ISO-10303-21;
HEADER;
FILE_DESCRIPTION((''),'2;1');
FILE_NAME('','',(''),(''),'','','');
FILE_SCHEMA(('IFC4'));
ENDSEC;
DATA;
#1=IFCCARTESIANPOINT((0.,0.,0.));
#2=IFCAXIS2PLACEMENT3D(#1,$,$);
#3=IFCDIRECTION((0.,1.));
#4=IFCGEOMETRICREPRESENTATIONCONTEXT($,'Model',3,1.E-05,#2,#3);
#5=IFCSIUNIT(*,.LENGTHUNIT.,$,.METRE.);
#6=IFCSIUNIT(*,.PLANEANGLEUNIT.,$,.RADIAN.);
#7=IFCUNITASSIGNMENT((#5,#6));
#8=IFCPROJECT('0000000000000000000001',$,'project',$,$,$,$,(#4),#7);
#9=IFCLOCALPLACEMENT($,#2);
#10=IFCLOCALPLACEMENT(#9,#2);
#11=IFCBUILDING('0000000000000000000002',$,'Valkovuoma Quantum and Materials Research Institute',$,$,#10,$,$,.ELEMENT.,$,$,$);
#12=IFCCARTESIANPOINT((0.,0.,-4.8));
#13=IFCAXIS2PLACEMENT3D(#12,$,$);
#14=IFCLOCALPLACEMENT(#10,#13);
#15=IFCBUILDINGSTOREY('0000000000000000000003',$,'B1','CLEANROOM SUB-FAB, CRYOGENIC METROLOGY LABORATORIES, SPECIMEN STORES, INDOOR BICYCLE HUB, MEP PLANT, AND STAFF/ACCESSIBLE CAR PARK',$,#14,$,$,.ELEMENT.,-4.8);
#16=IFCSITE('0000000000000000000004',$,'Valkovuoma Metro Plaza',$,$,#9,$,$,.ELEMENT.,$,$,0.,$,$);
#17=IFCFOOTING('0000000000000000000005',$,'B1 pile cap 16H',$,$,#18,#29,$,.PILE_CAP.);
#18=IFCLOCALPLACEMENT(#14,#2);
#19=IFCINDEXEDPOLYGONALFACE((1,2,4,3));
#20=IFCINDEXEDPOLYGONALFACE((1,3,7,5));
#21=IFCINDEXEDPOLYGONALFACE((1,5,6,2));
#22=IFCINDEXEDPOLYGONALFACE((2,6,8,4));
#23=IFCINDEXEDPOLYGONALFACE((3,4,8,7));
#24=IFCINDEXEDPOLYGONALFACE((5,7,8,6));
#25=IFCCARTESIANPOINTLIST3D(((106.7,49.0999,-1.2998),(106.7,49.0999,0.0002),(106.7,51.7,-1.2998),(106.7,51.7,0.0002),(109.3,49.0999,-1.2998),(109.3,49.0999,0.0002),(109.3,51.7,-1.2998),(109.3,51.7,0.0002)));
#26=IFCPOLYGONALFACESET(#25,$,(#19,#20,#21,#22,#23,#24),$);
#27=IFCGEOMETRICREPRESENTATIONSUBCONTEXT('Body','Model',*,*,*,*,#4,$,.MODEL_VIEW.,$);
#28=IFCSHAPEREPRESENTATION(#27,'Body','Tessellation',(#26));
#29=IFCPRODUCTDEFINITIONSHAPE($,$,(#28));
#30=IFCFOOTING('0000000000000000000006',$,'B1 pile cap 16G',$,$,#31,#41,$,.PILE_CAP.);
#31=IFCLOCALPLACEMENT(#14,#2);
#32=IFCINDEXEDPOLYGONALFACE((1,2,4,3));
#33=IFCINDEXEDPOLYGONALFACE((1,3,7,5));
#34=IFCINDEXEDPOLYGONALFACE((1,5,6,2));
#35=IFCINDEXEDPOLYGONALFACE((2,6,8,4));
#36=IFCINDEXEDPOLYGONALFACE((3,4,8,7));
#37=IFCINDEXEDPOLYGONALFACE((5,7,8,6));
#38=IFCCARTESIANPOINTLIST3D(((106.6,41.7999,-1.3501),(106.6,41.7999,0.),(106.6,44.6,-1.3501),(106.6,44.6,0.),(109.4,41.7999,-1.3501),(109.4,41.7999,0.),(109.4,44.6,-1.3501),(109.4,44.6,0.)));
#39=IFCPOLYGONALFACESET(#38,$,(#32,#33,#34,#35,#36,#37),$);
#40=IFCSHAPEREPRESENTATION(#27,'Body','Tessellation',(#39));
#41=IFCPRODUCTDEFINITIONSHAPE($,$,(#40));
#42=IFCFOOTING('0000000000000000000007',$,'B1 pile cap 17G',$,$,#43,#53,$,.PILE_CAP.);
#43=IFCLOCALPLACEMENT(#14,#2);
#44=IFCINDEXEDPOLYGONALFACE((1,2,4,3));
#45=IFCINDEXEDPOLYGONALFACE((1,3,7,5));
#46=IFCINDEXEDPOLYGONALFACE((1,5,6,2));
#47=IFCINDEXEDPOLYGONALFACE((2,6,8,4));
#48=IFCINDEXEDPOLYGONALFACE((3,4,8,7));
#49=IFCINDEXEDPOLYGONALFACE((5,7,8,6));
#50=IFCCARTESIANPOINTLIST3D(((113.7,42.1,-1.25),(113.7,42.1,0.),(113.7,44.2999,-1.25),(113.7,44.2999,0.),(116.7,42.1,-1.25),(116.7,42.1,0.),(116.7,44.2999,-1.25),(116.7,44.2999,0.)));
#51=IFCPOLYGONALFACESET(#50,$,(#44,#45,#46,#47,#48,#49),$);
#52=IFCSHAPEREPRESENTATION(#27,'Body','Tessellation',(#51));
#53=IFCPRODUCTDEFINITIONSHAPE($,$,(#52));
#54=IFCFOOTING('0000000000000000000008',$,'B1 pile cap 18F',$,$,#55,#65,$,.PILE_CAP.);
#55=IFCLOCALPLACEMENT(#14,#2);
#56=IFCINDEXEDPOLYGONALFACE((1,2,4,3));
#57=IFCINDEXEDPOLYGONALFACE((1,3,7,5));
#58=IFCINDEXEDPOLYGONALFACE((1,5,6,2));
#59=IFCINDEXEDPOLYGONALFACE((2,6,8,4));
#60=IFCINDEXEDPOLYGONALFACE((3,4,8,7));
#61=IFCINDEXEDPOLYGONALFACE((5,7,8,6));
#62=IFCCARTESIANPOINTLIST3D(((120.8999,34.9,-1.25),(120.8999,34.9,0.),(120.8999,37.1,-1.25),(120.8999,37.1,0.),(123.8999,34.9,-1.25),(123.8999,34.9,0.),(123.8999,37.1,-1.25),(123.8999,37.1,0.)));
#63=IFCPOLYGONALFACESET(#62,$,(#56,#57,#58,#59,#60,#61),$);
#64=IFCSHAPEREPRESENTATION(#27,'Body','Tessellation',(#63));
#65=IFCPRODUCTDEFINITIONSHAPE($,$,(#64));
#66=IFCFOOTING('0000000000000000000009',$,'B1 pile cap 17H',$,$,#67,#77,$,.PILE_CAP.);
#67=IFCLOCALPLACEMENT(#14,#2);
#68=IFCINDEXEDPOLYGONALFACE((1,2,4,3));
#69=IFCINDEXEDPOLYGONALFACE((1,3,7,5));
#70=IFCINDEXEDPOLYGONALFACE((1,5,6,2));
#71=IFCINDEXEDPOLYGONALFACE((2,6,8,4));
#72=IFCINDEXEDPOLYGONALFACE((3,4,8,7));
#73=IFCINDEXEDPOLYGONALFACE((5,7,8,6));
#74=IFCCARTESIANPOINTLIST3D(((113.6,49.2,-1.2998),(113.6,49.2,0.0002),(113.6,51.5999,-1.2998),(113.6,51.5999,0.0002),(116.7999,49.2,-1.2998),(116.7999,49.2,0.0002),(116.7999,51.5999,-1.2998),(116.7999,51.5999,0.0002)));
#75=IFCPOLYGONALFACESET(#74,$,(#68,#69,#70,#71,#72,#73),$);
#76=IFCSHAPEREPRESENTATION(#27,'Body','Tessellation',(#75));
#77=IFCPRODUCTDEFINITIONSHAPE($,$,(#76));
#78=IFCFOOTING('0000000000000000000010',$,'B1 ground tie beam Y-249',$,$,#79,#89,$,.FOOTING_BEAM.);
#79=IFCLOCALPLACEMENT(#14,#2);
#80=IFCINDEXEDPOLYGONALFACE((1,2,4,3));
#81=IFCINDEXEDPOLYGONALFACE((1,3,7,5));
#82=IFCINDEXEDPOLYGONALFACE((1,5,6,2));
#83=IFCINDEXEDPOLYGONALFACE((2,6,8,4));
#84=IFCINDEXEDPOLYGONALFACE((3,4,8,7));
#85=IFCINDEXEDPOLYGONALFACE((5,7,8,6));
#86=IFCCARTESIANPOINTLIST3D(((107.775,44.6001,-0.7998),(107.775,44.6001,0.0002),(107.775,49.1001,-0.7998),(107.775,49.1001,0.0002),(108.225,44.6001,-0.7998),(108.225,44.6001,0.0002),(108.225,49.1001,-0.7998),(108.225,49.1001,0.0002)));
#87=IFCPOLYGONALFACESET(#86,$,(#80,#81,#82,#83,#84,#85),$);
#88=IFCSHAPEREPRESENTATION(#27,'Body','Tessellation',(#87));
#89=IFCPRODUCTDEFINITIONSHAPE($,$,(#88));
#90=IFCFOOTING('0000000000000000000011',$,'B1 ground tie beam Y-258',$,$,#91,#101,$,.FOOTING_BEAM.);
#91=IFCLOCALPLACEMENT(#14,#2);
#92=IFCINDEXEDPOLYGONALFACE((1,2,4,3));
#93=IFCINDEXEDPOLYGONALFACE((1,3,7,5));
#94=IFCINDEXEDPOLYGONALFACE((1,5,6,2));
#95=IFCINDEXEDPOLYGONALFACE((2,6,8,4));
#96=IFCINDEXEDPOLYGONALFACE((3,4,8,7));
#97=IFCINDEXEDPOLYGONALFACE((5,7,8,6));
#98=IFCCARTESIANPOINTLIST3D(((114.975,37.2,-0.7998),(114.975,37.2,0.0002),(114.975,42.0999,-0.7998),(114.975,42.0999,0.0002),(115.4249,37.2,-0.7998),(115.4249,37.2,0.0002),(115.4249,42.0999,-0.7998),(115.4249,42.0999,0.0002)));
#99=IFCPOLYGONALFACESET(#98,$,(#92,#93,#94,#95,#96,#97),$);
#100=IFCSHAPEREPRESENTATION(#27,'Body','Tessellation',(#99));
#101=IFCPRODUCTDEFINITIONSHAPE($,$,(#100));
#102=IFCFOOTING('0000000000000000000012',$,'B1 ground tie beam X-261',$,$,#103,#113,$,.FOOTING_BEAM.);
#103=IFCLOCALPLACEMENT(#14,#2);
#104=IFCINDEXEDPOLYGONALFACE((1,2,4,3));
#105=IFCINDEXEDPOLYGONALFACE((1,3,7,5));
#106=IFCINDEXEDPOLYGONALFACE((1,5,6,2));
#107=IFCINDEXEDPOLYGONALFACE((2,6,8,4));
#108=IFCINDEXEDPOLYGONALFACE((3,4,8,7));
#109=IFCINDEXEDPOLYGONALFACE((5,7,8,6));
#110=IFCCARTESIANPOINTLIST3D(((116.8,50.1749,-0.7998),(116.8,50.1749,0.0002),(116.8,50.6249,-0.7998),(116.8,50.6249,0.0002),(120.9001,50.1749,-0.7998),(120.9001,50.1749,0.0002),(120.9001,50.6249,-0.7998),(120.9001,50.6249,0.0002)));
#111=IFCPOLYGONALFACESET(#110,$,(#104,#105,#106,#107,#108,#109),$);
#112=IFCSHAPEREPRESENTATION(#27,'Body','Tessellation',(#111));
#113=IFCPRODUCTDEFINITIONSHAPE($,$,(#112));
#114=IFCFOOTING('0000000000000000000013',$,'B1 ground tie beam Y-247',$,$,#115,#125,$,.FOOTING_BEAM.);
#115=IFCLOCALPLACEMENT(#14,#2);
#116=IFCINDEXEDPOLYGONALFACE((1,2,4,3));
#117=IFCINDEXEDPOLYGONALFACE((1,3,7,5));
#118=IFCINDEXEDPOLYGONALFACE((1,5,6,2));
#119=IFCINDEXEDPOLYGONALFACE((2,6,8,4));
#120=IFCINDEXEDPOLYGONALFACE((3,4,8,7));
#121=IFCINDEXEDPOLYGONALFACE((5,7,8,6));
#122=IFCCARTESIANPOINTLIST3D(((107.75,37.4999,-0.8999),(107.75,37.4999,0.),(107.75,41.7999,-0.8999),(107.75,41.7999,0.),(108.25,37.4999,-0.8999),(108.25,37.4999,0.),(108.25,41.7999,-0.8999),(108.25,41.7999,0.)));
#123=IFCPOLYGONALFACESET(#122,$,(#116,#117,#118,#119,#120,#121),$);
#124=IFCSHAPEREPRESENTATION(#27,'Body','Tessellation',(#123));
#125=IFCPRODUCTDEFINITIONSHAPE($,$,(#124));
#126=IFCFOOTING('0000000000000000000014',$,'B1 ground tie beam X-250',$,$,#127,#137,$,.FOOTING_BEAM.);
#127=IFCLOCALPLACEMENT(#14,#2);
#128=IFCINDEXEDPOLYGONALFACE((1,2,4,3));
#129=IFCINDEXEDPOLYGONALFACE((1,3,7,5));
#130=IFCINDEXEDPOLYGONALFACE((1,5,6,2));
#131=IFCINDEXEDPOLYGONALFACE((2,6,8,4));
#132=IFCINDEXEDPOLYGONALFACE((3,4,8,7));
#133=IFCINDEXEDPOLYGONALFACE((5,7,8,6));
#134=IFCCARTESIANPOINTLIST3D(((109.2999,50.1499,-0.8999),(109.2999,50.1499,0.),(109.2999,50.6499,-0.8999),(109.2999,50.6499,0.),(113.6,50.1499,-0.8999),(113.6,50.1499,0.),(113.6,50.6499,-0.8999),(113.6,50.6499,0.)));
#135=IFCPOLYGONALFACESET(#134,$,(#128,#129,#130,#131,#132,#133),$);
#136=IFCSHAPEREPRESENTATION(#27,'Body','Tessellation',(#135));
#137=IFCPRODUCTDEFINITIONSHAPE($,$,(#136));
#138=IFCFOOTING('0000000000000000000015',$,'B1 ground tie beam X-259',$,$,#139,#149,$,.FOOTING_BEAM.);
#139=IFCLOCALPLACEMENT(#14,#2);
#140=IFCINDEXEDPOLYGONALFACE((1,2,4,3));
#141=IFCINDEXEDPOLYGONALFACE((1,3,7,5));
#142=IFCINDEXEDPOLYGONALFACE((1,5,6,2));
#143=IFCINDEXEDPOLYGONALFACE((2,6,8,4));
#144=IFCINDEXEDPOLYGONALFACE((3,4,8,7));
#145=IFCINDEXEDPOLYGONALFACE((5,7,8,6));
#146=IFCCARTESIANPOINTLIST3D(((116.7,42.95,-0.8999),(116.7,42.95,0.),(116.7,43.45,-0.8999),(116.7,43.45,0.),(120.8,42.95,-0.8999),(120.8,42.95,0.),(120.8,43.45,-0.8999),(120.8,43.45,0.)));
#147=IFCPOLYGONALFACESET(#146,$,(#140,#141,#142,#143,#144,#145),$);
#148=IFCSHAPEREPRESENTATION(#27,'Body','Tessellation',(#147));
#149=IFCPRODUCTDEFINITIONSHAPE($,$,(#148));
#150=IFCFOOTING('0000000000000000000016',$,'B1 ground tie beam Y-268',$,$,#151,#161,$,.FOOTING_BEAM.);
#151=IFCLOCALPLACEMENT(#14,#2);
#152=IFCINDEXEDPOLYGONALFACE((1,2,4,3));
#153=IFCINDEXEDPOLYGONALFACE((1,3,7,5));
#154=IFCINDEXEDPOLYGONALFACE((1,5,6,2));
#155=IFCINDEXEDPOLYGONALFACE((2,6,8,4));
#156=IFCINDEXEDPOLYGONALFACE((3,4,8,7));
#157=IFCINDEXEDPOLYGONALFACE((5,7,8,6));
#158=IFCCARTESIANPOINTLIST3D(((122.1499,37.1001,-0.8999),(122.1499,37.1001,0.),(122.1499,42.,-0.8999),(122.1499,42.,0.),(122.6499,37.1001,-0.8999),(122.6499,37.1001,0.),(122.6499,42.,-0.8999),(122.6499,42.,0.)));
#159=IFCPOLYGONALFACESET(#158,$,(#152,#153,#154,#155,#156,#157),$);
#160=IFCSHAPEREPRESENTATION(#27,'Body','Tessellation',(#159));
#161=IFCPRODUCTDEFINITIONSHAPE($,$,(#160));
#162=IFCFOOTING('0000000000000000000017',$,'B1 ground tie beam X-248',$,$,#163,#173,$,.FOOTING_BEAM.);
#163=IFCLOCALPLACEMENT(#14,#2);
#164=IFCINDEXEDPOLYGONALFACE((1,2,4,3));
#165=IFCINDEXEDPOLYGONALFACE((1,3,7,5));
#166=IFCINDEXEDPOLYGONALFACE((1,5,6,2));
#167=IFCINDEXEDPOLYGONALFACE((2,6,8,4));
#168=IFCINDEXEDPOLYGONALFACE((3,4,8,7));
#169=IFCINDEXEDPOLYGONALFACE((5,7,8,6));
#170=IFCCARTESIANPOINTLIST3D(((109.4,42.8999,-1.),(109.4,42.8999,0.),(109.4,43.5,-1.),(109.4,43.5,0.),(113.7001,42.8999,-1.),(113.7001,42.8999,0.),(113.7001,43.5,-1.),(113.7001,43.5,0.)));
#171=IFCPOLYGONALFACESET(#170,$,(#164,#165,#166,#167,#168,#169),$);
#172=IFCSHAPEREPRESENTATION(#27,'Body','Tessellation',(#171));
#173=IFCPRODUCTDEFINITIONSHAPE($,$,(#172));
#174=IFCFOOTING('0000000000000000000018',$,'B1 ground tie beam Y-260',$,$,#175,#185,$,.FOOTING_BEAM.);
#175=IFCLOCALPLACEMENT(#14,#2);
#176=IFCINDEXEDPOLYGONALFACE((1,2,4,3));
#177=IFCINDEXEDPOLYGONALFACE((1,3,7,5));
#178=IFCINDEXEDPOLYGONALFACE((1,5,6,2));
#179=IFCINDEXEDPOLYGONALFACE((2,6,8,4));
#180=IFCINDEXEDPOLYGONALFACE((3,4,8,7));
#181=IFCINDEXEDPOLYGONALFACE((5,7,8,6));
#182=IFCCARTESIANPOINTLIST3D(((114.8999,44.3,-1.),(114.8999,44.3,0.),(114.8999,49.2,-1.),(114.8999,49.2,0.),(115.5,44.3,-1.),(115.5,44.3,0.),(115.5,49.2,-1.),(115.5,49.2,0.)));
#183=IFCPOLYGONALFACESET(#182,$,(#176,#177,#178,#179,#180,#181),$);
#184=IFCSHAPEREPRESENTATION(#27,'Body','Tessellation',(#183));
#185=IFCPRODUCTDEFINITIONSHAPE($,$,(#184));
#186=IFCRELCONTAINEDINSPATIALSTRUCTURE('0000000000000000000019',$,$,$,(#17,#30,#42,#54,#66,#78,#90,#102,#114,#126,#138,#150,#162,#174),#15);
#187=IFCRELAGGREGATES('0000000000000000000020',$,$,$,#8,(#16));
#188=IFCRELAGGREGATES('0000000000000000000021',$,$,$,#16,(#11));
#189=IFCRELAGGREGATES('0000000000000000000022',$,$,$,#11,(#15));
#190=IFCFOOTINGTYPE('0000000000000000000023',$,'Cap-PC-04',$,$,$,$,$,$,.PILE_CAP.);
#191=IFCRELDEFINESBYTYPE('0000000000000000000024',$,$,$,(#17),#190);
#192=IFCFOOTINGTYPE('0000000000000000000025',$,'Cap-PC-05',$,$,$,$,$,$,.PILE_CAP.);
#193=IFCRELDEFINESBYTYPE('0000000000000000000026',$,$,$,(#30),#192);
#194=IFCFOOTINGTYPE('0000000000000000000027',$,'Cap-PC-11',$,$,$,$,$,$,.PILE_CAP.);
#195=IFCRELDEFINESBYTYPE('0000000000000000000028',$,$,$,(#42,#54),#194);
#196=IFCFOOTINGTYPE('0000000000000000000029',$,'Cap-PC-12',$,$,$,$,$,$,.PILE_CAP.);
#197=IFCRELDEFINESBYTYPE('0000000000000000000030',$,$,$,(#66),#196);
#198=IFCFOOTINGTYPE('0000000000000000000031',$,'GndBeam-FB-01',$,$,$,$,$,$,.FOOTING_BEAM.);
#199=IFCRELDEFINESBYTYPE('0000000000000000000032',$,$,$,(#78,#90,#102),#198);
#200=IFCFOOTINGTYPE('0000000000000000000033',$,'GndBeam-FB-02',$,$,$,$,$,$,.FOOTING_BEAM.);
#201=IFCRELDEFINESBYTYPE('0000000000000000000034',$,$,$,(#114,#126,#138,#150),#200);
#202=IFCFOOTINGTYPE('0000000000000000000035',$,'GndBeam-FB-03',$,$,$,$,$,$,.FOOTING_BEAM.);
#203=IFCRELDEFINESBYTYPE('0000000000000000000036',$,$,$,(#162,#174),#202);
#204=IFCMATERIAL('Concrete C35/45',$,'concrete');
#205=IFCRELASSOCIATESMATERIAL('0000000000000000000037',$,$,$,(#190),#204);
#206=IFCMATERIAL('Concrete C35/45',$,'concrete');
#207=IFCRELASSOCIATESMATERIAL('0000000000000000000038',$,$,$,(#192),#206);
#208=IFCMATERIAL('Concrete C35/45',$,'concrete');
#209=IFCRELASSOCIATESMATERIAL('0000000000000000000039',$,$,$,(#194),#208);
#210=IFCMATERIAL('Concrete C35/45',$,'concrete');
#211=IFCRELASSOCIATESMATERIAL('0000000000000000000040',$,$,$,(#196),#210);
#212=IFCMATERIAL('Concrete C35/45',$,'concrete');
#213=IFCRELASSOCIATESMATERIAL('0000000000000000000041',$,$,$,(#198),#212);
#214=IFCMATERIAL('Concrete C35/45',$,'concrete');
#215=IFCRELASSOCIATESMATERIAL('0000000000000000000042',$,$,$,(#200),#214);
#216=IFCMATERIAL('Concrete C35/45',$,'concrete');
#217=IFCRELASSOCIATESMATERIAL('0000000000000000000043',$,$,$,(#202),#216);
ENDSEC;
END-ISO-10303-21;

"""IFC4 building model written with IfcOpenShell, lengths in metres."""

from ifc_helpers import new_model, si_unit, direction, frame, origin, origin_2d, place, context, subcontext, project, spatial, rectangle, extrude, material, type_object, element, save


model = new_model("IFC4")

# Units and contexts
model_context = context("Model", 3, precision=1e-05, world=origin(), true_north=direction((0.0, 1.0)))
body_context = subcontext(model_context, "Body", "Model", "MODEL_VIEW")
ifc_project = project(units=[si_unit("LENGTHUNIT", "METRE"), si_unit("PLANEANGLEUNIT", "RADIAN")], contexts=[model_context])

# Site, building, storey
site_placement = place(None, origin())
site = spatial("IfcSite", under=ifc_project, at=site_placement, Name="Valkovuoma Metro Plaza", CompositionType="ELEMENT", RefElevation=0.0)
building_placement = place(site_placement, origin())
building = spatial("IfcBuilding", under=site, at=building_placement, Name="Valkovuoma Quantum and Materials Research Institute", CompositionType="ELEMENT")
storey_placement = place(building_placement, frame((0.0, 0.0, -4.8)))
storey = spatial("IfcBuildingStorey", under=building, at=storey_placement, Name="B1", Description="CLEANROOM SUB-FAB, CRYOGENIC METROLOGY LABORATORIES, SPECIMEN STORES, INDOOR BICYCLE HUB, MEP PLANT, AND STAFF/ACCESSIBLE CAR PARK", CompositionType="ELEMENT", Elevation=-4.8)

# Footings
ifc_material_1 = material(Name="Concrete C35/45", Category="concrete")
footing_type_1 = type_object("IfcFootingType", Name="Cap-PC-04", PredefinedType="PILE_CAP", material=ifc_material_1)
footing_1_placement = place(storey_placement, frame((108.0, 50.3999, -1.2998), z_axis=(0.0, 0.0, 1.0), x_axis=(1.0, 0.0, 0.0)))
element("IfcFooting", 1, at=footing_1_placement, inside=storey, type_object=footing_type_1, Name="B1 pile cap 16H", PredefinedType="PILE_CAP", context=body_context, shape_type="SweptSolid", body=[
    extrude(rectangle(XDim=2.6001, YDim=2.6001, at=origin_2d()), origin(), (0.0, 0.0, 1.0), 1.3),
])
ifc_material_2 = material(Name="Concrete C35/45", Category="concrete")
footing_type_2 = type_object("IfcFootingType", Name="Cap-PC-05", PredefinedType="PILE_CAP", material=ifc_material_2)
footing_2_placement = place(storey_placement, frame((108.0, 43.2, -1.3501), z_axis=(0.0, 0.0, 1.0), x_axis=(1.0, 0.0, 0.0)))
element("IfcFooting", 2, at=footing_2_placement, inside=storey, type_object=footing_type_2, Name="B1 pile cap 16G", PredefinedType="PILE_CAP", context=body_context, shape_type="SweptSolid", body=[
    extrude(rectangle(XDim=2.8, YDim=2.8, at=origin_2d()), origin(), (0.0, 0.0, 1.0), 1.3501),
])
ifc_material_3 = material(Name="Concrete C35/45", Category="concrete")
footing_type_3 = type_object("IfcFootingType", Name="Cap-PC-11", PredefinedType="PILE_CAP", material=ifc_material_3)
for number, where, z_axis, x_axis, name in (
    (3, (115.2, 43.2, -1.25), (0.0, 0.0, 1.0), (1.0, 0.0, 0.0), "B1 pile cap 17G"),
    (4, (122.3999, 36.0, -1.25), (0.0, 0.0, 1.0), (1.0, 0.0, 0.0), "B1 pile cap 18F"),
):
    element("IfcFooting", number, at=place(storey_placement, frame(where, z_axis=z_axis, x_axis=x_axis)), inside=storey, type_object=footing_type_3, Name=name, PredefinedType="PILE_CAP", context=body_context, shape_type="SweptSolid", body=[
        extrude(rectangle(XDim=3.0, YDim=2.2, at=origin_2d()), origin(), (0.0, 0.0, 1.0), 1.25),
    ])
ifc_material_4 = material(Name="Concrete C35/45", Category="concrete")
footing_type_4 = type_object("IfcFootingType", Name="Cap-PC-12", PredefinedType="PILE_CAP", material=ifc_material_4)
footing_3_placement = place(storey_placement, frame((115.2, 50.3999, -1.2998), z_axis=(0.0, 0.0, 1.0), x_axis=(1.0, 0.0, 0.0)))
element("IfcFooting", 5, at=footing_3_placement, inside=storey, type_object=footing_type_4, Name="B1 pile cap 17H", PredefinedType="PILE_CAP", context=body_context, shape_type="SweptSolid", body=[
    extrude(rectangle(XDim=3.2, YDim=2.3999, at=origin_2d()), origin(), (0.0, 0.0, 1.0), 1.3),
])
ifc_material_5 = material(Name="Concrete C35/45", Category="concrete")
footing_type_5 = type_object("IfcFootingType", Name="GndBeam-FB-01", PredefinedType="FOOTING_BEAM", material=ifc_material_5)
footing_4_placement = place(storey_placement, frame((108.0, 46.8501, -0.7998), z_axis=(0.0, 0.0, 1.0), x_axis=(0.0, 1.0, 0.0)))
element("IfcFooting", 6, at=footing_4_placement, inside=storey, type_object=footing_type_5, Name="B1 ground tie beam Y-249", PredefinedType="FOOTING_BEAM", context=body_context, shape_type="SweptSolid", body=[
    extrude(rectangle(XDim=4.5, YDim=0.45, at=origin_2d()), origin(), (0.0, 0.0, 1.0), 0.8),
])
footing_5_placement = place(storey_placement, frame((115.2, 39.6499, -0.7998), z_axis=(0.0, 0.0, 1.0), x_axis=(0.0, 1.0, 0.0)))
element("IfcFooting", 7, at=footing_5_placement, inside=storey, type_object=footing_type_5, Name="B1 ground tie beam Y-258", PredefinedType="FOOTING_BEAM", context=body_context, shape_type="SweptSolid", body=[
    extrude(rectangle(XDim=4.8999, YDim=0.45, at=origin_2d()), origin(), (0.0, 0.0, 1.0), 0.8),
])
footing_6_placement = place(storey_placement, frame((118.8501, 50.3999, -0.7998), z_axis=(0.0, 0.0, 1.0), x_axis=(1.0, 0.0, 0.0)))
element("IfcFooting", 8, at=footing_6_placement, inside=storey, type_object=footing_type_5, Name="B1 ground tie beam X-261", PredefinedType="FOOTING_BEAM", context=body_context, shape_type="SweptSolid", body=[
    extrude(rectangle(XDim=4.1001, YDim=0.45, at=origin_2d()), origin(), (0.0, 0.0, 1.0), 0.8),
])
ifc_material_6 = material(Name="Concrete C35/45", Category="concrete")
footing_type_6 = type_object("IfcFootingType", Name="GndBeam-FB-02", PredefinedType="FOOTING_BEAM", material=ifc_material_6)
for number, where, z_axis, x_axis, name in (
    (9, (108.0, 39.6499, -0.8999), (0.0, 0.0, 1.0), (0.0, 1.0, 0.0), "B1 ground tie beam Y-247"),
    (10, (111.45, 50.3999, -0.8999), (0.0, 0.0, 1.0), (1.0, 0.0, 0.0), "B1 ground tie beam X-250"),
):
    element("IfcFooting", number, at=place(storey_placement, frame(where, z_axis=z_axis, x_axis=x_axis)), inside=storey, type_object=footing_type_6, Name=name, PredefinedType="FOOTING_BEAM", context=body_context, shape_type="SweptSolid", body=[
        extrude(rectangle(XDim=4.3, YDim=0.5, at=origin_2d()), origin(), (0.0, 0.0, 1.0), 0.8999),
    ])
footing_7_placement = place(storey_placement, frame((118.75, 43.2, -0.8999), z_axis=(0.0, 0.0, 1.0), x_axis=(1.0, 0.0, 0.0)))
element("IfcFooting", 11, at=footing_7_placement, inside=storey, type_object=footing_type_6, Name="B1 ground tie beam X-259", PredefinedType="FOOTING_BEAM", context=body_context, shape_type="SweptSolid", body=[
    extrude(rectangle(XDim=4.1001, YDim=0.5, at=origin_2d()), origin(), (0.0, 0.0, 1.0), 0.8999),
])
footing_8_placement = place(storey_placement, frame((122.3999, 39.55, -0.8999), z_axis=(0.0, 0.0, 1.0), x_axis=(0.0, 1.0, 0.0)))
element("IfcFooting", 12, at=footing_8_placement, inside=storey, type_object=footing_type_6, Name="B1 ground tie beam Y-268", PredefinedType="FOOTING_BEAM", context=body_context, shape_type="SweptSolid", body=[
    extrude(rectangle(XDim=4.8999, YDim=0.5, at=origin_2d()), origin(), (0.0, 0.0, 1.0), 0.8999),
])
ifc_material_7 = material(Name="Concrete C35/45", Category="concrete")
footing_type_7 = type_object("IfcFootingType", Name="GndBeam-FB-03", PredefinedType="FOOTING_BEAM", material=ifc_material_7)
footing_9_placement = place(storey_placement, frame((111.55, 43.2, -1.0), z_axis=(0.0, 0.0, 1.0), x_axis=(1.0, 0.0, 0.0)))
element("IfcFooting", 13, at=footing_9_placement, inside=storey, type_object=footing_type_7, Name="B1 ground tie beam X-248", PredefinedType="FOOTING_BEAM", context=body_context, shape_type="SweptSolid", body=[
    extrude(rectangle(XDim=4.3, YDim=0.6001, at=origin_2d()), origin(), (0.0, 0.0, 1.0), 1.0),
])
footing_10_placement = place(storey_placement, frame((115.2, 46.75, -1.0), z_axis=(0.0, 0.0, 1.0), x_axis=(0.0, 1.0, 0.0)))
element("IfcFooting", 14, at=footing_10_placement, inside=storey, type_object=footing_type_7, Name="B1 ground tie beam Y-260", PredefinedType="FOOTING_BEAM", context=body_context, shape_type="SweptSolid", body=[
    extrude(rectangle(XDim=4.8999, YDim=0.6001, at=origin_2d()), origin(), (0.0, 0.0, 1.0), 1.0),
])

save(model, "model.ifc")
